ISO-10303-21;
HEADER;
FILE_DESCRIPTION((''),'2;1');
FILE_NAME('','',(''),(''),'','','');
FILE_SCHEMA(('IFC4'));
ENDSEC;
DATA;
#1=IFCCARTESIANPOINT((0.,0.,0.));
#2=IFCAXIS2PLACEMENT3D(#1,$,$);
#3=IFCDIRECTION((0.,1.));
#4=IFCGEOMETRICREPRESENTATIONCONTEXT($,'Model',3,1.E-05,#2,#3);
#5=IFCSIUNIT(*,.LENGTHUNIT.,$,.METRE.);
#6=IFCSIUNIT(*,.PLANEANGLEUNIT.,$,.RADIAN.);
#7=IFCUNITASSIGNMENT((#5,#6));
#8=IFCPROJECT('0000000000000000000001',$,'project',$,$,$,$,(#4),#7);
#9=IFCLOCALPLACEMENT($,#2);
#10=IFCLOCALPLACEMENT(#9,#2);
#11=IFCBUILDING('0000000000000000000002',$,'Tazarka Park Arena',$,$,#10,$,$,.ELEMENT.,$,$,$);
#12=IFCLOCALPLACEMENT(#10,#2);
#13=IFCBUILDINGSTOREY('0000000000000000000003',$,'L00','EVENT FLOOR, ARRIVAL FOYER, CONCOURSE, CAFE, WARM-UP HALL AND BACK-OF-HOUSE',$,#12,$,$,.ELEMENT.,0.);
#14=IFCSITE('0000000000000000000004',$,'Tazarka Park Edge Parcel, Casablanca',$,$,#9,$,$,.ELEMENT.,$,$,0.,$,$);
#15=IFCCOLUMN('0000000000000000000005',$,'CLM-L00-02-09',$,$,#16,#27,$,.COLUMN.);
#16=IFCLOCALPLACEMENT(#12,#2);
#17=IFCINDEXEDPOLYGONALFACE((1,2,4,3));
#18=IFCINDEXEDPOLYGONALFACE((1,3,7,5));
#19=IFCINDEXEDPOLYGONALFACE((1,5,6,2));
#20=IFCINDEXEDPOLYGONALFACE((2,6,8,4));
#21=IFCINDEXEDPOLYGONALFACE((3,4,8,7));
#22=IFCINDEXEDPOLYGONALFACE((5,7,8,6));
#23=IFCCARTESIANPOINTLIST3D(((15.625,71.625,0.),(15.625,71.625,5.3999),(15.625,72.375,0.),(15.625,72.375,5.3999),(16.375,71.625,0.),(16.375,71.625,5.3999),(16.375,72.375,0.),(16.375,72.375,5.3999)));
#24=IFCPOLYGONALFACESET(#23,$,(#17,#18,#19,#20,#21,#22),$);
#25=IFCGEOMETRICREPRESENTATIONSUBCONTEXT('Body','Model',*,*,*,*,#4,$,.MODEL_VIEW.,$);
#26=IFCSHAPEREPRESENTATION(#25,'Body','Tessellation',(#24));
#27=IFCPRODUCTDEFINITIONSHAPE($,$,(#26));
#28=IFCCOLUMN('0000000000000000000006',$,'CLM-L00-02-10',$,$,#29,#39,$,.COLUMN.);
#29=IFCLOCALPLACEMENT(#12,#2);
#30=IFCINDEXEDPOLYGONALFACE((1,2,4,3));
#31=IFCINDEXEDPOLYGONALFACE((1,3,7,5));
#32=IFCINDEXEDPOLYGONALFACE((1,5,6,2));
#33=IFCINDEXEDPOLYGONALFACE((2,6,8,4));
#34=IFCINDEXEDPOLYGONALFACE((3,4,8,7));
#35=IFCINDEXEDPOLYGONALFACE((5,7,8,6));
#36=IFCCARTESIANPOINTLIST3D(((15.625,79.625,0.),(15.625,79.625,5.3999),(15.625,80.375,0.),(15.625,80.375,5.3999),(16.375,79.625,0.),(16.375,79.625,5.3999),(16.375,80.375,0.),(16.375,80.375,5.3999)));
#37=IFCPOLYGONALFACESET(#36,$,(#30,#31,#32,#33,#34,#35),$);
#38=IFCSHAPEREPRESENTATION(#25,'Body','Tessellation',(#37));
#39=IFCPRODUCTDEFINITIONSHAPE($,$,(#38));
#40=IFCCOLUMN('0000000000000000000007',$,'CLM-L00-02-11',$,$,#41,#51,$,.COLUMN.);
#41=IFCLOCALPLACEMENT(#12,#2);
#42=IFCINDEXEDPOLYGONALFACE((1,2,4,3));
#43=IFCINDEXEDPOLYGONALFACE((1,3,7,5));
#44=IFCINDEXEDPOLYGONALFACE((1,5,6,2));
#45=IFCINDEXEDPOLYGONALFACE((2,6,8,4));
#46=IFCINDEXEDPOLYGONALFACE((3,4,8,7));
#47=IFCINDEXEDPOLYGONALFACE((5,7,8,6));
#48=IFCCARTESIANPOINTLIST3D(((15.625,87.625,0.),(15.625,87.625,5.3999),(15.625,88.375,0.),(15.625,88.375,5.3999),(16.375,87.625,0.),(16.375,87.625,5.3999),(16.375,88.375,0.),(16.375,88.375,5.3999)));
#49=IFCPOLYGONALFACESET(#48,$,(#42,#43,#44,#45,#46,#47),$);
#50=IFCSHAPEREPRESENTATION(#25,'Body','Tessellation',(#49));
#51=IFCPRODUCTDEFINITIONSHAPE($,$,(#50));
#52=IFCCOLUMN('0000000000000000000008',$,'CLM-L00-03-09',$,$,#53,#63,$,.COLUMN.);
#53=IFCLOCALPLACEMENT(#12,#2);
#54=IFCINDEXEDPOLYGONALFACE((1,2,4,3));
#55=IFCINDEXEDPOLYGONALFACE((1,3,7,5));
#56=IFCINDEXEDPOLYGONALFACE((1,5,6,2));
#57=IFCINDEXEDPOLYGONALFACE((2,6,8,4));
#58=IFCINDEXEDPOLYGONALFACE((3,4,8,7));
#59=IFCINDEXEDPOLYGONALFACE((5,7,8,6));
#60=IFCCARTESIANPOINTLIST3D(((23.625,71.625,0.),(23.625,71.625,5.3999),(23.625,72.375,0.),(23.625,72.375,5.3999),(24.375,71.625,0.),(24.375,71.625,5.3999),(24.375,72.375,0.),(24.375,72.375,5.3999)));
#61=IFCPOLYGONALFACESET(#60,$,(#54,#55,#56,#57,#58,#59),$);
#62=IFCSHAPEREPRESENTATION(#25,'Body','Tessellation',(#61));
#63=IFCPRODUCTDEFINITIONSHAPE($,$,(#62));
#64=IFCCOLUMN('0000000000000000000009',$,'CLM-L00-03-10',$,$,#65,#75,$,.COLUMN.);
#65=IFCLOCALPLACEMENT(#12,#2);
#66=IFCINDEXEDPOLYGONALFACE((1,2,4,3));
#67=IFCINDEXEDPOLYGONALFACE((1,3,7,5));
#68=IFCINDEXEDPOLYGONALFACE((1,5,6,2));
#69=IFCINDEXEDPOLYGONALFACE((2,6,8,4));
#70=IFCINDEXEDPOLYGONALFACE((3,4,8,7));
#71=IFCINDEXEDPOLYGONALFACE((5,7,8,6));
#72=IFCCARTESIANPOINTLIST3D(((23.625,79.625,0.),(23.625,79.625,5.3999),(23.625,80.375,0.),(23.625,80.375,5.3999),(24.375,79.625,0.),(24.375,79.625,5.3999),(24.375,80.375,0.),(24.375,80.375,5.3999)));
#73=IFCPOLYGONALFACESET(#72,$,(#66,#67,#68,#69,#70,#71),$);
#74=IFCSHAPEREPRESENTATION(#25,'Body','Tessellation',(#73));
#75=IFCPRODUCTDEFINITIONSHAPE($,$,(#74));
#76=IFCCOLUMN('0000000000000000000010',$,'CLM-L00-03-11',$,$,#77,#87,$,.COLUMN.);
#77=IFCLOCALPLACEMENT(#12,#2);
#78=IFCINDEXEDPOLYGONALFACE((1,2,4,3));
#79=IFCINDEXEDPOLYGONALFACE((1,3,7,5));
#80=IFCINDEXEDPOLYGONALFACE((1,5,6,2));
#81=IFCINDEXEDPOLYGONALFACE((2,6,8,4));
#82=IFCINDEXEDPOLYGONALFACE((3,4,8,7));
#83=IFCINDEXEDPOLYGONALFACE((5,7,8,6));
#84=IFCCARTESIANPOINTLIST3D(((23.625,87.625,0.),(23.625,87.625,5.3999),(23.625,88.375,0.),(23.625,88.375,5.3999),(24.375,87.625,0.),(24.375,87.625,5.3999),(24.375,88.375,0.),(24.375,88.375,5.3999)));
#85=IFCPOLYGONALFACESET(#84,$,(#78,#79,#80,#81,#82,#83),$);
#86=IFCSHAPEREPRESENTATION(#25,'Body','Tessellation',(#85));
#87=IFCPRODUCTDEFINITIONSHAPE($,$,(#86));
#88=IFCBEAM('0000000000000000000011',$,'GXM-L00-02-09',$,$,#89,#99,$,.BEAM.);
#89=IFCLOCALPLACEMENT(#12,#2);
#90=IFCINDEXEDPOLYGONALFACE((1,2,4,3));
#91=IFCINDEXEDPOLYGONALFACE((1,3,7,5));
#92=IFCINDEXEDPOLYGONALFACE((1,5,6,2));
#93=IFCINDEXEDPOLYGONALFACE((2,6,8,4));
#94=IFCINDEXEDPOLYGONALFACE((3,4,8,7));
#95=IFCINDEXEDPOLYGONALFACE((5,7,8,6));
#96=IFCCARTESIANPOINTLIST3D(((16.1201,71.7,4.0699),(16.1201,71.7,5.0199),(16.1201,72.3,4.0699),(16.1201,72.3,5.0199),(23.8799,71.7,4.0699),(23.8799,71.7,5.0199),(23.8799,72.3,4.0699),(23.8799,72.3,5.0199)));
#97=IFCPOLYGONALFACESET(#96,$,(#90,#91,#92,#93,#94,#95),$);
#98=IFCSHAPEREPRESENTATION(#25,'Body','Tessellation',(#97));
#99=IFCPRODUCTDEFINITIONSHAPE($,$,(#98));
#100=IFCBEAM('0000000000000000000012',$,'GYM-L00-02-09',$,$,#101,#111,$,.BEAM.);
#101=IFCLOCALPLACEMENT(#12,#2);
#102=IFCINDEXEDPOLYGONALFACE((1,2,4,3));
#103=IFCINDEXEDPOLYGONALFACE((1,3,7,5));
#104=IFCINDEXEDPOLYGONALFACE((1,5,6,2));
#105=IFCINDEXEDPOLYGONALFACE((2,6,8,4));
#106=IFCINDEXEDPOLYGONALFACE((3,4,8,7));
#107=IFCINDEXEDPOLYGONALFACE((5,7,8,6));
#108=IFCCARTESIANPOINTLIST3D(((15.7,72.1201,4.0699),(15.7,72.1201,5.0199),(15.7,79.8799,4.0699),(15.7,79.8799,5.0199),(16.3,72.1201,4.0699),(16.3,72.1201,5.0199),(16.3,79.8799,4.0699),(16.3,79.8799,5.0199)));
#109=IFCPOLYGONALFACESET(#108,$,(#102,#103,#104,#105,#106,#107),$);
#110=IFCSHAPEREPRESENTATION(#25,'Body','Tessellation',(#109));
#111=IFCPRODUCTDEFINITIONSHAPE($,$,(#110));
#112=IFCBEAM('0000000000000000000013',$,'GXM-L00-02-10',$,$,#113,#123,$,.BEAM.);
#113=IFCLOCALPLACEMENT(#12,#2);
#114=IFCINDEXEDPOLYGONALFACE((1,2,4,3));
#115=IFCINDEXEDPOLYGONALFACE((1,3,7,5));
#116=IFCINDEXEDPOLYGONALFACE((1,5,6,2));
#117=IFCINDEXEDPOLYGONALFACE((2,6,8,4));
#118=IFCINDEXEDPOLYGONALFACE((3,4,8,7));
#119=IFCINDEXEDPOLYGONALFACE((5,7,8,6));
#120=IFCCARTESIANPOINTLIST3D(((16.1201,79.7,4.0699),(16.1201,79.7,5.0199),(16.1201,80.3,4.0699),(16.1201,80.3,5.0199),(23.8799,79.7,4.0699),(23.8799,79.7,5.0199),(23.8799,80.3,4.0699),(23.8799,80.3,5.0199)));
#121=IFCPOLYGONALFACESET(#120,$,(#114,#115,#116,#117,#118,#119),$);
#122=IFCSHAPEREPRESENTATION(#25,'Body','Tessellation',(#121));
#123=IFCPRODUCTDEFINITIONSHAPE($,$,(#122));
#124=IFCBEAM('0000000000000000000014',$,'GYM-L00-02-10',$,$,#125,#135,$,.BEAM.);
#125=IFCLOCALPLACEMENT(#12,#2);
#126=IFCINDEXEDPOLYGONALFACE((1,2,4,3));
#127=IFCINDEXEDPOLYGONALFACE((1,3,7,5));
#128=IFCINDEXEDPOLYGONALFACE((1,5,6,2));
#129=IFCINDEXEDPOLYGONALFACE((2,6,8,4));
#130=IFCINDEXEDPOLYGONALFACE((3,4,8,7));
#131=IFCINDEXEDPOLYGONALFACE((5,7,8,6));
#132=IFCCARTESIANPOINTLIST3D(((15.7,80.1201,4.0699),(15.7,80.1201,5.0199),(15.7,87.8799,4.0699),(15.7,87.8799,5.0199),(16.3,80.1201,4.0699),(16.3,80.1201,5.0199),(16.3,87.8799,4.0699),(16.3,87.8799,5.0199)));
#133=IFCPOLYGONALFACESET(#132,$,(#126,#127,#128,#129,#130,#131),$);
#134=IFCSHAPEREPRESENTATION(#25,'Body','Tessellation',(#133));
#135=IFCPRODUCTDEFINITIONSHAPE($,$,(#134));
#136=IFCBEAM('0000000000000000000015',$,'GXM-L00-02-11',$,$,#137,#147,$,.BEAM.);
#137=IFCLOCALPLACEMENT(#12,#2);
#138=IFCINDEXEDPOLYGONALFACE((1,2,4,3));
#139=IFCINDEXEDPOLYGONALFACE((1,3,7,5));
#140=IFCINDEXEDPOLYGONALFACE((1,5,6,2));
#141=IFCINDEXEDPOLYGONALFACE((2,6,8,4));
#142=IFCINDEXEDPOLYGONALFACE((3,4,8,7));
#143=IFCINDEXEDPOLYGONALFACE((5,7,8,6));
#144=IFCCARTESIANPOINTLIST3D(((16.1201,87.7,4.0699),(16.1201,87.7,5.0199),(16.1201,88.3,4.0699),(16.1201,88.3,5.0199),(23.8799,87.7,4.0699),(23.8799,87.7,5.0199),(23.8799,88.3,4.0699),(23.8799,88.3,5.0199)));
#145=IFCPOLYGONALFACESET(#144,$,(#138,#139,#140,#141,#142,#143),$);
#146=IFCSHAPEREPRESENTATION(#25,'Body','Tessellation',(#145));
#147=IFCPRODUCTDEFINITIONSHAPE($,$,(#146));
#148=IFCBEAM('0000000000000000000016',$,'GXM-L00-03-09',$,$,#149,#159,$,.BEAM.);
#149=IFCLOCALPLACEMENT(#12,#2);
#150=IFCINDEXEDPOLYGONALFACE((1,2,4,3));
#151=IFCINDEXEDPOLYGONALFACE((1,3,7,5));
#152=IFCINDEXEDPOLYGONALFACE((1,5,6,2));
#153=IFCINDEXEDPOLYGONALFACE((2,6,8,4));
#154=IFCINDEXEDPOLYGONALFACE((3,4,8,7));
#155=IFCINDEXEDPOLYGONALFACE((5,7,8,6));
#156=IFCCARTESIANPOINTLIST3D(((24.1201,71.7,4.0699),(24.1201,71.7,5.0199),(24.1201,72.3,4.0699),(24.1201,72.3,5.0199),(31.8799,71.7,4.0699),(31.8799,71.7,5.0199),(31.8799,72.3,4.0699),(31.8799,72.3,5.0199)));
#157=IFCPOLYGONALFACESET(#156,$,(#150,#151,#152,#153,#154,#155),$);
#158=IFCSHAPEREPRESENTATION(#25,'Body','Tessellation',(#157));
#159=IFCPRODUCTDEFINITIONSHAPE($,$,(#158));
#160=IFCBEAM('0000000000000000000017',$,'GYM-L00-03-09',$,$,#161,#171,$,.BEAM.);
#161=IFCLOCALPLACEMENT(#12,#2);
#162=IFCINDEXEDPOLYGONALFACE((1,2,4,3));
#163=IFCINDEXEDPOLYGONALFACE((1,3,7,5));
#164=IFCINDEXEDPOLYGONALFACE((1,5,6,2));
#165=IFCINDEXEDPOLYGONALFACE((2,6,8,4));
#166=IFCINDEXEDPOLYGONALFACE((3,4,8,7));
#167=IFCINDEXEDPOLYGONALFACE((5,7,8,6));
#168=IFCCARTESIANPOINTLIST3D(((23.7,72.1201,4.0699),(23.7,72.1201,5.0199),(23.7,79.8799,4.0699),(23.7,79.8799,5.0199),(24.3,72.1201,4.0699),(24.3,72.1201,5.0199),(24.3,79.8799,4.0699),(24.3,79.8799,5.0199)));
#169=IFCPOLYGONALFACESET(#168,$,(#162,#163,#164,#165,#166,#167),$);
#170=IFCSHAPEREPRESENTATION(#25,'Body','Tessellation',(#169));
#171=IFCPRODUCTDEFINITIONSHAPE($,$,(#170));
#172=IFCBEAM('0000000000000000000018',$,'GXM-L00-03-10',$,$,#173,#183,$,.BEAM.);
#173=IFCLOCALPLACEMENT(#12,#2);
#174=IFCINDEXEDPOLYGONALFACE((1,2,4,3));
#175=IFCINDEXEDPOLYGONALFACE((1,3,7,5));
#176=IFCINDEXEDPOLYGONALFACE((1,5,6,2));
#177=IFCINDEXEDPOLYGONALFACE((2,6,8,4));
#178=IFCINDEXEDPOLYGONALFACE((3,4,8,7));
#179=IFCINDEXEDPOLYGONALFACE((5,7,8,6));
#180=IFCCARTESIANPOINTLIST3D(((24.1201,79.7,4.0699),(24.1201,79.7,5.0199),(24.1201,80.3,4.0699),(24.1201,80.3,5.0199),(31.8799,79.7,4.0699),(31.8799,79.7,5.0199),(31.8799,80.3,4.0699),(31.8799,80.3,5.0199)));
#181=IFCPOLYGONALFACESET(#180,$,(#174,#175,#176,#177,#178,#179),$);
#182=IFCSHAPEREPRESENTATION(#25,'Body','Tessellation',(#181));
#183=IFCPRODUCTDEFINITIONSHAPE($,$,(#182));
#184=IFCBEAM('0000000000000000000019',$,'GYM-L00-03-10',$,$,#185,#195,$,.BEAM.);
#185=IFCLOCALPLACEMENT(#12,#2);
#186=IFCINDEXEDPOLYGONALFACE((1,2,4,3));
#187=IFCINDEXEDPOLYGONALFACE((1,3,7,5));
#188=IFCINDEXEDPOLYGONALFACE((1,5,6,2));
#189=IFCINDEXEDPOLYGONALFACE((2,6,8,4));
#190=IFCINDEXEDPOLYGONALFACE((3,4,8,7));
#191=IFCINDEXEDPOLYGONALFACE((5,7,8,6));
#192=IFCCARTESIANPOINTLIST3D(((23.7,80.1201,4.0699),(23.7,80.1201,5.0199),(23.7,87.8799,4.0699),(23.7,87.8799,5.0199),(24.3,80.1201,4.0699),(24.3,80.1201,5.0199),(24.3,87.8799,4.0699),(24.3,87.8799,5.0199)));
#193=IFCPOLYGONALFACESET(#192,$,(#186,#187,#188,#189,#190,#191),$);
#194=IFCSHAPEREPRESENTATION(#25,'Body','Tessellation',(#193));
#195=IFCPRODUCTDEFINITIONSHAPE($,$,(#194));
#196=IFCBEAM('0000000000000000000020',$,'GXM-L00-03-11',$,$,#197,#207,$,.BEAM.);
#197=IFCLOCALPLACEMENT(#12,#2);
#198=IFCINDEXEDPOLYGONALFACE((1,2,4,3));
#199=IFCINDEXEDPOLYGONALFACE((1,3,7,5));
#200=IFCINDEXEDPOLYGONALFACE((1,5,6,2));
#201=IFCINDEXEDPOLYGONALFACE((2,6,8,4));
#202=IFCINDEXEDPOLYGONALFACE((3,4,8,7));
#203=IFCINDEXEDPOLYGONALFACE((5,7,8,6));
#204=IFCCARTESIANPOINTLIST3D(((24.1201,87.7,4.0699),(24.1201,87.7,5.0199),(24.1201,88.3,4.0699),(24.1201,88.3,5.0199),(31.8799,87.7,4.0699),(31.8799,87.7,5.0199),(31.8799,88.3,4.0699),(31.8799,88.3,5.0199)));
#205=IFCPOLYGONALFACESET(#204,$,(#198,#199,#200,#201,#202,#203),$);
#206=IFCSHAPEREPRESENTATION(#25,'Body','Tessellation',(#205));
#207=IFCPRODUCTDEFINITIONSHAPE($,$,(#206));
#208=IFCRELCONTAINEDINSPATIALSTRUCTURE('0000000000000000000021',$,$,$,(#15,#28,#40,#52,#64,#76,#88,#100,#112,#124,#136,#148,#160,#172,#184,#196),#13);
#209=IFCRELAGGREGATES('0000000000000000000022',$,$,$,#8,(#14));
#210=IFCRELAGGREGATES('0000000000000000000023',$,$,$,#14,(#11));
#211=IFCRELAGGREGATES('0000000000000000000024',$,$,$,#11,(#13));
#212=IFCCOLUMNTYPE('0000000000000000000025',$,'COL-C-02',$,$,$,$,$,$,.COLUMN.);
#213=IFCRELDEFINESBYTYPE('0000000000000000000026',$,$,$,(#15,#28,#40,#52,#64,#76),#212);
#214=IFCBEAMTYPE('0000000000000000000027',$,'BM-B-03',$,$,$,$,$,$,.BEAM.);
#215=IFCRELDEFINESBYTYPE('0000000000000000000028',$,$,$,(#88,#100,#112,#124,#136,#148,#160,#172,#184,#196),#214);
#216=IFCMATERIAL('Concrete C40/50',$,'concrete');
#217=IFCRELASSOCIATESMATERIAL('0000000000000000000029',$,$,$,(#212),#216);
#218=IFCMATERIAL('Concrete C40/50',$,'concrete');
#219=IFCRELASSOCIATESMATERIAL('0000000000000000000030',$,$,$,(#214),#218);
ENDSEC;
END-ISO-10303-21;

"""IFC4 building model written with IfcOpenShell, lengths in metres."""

from ifc_helpers import new_model, si_unit, direction, frame, origin, origin_2d, place, context, subcontext, project, spatial, rectangle, extrude, material, material_profile, profile_set, type_object, element, save


model = new_model("IFC4")

# Units and contexts
model_context = context("Model", 3, precision=1e-05, world=origin(), true_north=direction((0.0, 1.0)))
body_context = subcontext(model_context, "Body", "Model", "MODEL_VIEW")
ifc_project = project(units=[si_unit("LENGTHUNIT", "METRE"), si_unit("PLANEANGLEUNIT", "RADIAN")], contexts=[model_context])

# Site, building, storey
site_placement = place(None, origin())
site = spatial("IfcSite", under=ifc_project, at=site_placement, Name="Tazarka Park Edge Parcel, Casablanca", CompositionType="ELEMENT", RefElevation=0.0)
building_placement = place(site_placement, origin())
building = spatial("IfcBuilding", under=site, at=building_placement, Name="Tazarka Park Arena", CompositionType="ELEMENT")
storey_placement = place(building_placement, origin())
storey = spatial("IfcBuildingStorey", under=building, at=storey_placement, Name="L00", Description="EVENT FLOOR, ARRIVAL FOYER, CONCOURSE, CAFE, WARM-UP HALL AND BACK-OF-HOUSE", CompositionType="ELEMENT", Elevation=0.0)

# Columns
ifc_material_1 = material(Name="Concrete C40/50", Category="concrete")
ifc_material_profile_1 = material_profile(ifc_material_1, rectangle(XDim=0.75, YDim=0.75, at=origin_2d()), Name="Concrete C40/50")
ifc_profile_set_1 = profile_set([ifc_material_profile_1], Name="Concrete C40/50")
column_type = type_object("IfcColumnType", Name="COL-C-02", PredefinedType="COLUMN", material=ifc_profile_set_1)
for number, where, z_axis, x_axis, name in (
    (1, (16.0, 72.0, 0.0), (0.0, 0.0, 1.0), (1.0, 0.0, 0.0), "CLM-L00-02-09"),
    (2, (16.0, 80.0, 0.0), (0.0, 0.0, 1.0), (1.0, 0.0, 0.0), "CLM-L00-02-10"),
    (3, (16.0, 88.0, 0.0), (0.0, 0.0, 1.0), (1.0, 0.0, 0.0), "CLM-L00-02-11"),
    (4, (24.0, 72.0, 0.0), (0.0, 0.0, 1.0), (1.0, 0.0, 0.0), "CLM-L00-03-09"),
    (5, (24.0, 80.0, 0.0), (0.0, 0.0, 1.0), (1.0, 0.0, 0.0), "CLM-L00-03-10"),
    (6, (24.0, 88.0, 0.0), (0.0, 0.0, 1.0), (1.0, 0.0, 0.0), "CLM-L00-03-11"),
):
    element("IfcColumn", number, at=place(storey_placement, frame(where, z_axis=z_axis, x_axis=x_axis)), inside=storey, type_object=column_type, Name=name, PredefinedType="COLUMN", context=body_context, shape_type="SweptSolid", body=[
        extrude(rectangle(XDim=0.75, YDim=0.75, at=origin_2d()), origin(), (0.0, 0.0, 1.0), 5.3999),
    ])

# Beams
ifc_material_2 = material(Name="Concrete C40/50", Category="concrete")
ifc_material_profile_2 = material_profile(ifc_material_2, rectangle(XDim=0.6001, YDim=0.95, at=origin_2d()), Name="Concrete C40/50")
ifc_profile_set_2 = profile_set([ifc_material_profile_2], Name="Concrete C40/50")
beam_type_1 = type_object("IfcBeamType", Name="BM-B-03", PredefinedType="BEAM", material=ifc_profile_set_2)
for number, where, z_axis, x_axis, name in (
    (7, (16.1201, 72.0, 4.5449), (1.0, 0.0, 0.0), (0.0, 1.0, 0.0), "GXM-L00-02-09"),
    (8, (16.0, 72.1201, 4.5449), (0.0, 1.0, 0.0), (-1.0, 0.0, 0.0), "GYM-L00-02-09"),
    (9, (16.1201, 80.0, 4.5449), (1.0, 0.0, 0.0), (0.0, 1.0, 0.0), "GXM-L00-02-10"),
    (10, (16.0, 80.1201, 4.5449), (0.0, 1.0, 0.0), (-1.0, 0.0, 0.0), "GYM-L00-02-10"),
    (11, (16.1201, 88.0, 4.5449), (1.0, 0.0, 0.0), (0.0, 1.0, 0.0), "GXM-L00-02-11"),
    (12, (24.1201, 72.0, 4.5449), (1.0, 0.0, 0.0), (0.0, 1.0, 0.0), "GXM-L00-03-09"),
    (13, (24.0, 72.1201, 4.5449), (0.0, 1.0, 0.0), (-1.0, 0.0, 0.0), "GYM-L00-03-09"),
    (14, (24.1201, 80.0, 4.5449), (1.0, 0.0, 0.0), (0.0, 1.0, 0.0), "GXM-L00-03-10"),
    (15, (24.0, 80.1201, 4.5449), (0.0, 1.0, 0.0), (-1.0, 0.0, 0.0), "GYM-L00-03-10"),
    (16, (24.1201, 88.0, 4.5449), (1.0, 0.0, 0.0), (0.0, 1.0, 0.0), "GXM-L00-03-11"),
):
    element("IfcBeam", number, at=place(storey_placement, frame(where, z_axis=z_axis, x_axis=x_axis)), inside=storey, type_object=beam_type_1, Name=name, PredefinedType="BEAM", context=body_context, shape_type="SweptSolid", body=[
        extrude(rectangle(XDim=0.6001, YDim=0.95, at=origin_2d()), origin(), (0.0, 0.0, 1.0), 7.7598),
    ])

save(model, "model.ifc")
